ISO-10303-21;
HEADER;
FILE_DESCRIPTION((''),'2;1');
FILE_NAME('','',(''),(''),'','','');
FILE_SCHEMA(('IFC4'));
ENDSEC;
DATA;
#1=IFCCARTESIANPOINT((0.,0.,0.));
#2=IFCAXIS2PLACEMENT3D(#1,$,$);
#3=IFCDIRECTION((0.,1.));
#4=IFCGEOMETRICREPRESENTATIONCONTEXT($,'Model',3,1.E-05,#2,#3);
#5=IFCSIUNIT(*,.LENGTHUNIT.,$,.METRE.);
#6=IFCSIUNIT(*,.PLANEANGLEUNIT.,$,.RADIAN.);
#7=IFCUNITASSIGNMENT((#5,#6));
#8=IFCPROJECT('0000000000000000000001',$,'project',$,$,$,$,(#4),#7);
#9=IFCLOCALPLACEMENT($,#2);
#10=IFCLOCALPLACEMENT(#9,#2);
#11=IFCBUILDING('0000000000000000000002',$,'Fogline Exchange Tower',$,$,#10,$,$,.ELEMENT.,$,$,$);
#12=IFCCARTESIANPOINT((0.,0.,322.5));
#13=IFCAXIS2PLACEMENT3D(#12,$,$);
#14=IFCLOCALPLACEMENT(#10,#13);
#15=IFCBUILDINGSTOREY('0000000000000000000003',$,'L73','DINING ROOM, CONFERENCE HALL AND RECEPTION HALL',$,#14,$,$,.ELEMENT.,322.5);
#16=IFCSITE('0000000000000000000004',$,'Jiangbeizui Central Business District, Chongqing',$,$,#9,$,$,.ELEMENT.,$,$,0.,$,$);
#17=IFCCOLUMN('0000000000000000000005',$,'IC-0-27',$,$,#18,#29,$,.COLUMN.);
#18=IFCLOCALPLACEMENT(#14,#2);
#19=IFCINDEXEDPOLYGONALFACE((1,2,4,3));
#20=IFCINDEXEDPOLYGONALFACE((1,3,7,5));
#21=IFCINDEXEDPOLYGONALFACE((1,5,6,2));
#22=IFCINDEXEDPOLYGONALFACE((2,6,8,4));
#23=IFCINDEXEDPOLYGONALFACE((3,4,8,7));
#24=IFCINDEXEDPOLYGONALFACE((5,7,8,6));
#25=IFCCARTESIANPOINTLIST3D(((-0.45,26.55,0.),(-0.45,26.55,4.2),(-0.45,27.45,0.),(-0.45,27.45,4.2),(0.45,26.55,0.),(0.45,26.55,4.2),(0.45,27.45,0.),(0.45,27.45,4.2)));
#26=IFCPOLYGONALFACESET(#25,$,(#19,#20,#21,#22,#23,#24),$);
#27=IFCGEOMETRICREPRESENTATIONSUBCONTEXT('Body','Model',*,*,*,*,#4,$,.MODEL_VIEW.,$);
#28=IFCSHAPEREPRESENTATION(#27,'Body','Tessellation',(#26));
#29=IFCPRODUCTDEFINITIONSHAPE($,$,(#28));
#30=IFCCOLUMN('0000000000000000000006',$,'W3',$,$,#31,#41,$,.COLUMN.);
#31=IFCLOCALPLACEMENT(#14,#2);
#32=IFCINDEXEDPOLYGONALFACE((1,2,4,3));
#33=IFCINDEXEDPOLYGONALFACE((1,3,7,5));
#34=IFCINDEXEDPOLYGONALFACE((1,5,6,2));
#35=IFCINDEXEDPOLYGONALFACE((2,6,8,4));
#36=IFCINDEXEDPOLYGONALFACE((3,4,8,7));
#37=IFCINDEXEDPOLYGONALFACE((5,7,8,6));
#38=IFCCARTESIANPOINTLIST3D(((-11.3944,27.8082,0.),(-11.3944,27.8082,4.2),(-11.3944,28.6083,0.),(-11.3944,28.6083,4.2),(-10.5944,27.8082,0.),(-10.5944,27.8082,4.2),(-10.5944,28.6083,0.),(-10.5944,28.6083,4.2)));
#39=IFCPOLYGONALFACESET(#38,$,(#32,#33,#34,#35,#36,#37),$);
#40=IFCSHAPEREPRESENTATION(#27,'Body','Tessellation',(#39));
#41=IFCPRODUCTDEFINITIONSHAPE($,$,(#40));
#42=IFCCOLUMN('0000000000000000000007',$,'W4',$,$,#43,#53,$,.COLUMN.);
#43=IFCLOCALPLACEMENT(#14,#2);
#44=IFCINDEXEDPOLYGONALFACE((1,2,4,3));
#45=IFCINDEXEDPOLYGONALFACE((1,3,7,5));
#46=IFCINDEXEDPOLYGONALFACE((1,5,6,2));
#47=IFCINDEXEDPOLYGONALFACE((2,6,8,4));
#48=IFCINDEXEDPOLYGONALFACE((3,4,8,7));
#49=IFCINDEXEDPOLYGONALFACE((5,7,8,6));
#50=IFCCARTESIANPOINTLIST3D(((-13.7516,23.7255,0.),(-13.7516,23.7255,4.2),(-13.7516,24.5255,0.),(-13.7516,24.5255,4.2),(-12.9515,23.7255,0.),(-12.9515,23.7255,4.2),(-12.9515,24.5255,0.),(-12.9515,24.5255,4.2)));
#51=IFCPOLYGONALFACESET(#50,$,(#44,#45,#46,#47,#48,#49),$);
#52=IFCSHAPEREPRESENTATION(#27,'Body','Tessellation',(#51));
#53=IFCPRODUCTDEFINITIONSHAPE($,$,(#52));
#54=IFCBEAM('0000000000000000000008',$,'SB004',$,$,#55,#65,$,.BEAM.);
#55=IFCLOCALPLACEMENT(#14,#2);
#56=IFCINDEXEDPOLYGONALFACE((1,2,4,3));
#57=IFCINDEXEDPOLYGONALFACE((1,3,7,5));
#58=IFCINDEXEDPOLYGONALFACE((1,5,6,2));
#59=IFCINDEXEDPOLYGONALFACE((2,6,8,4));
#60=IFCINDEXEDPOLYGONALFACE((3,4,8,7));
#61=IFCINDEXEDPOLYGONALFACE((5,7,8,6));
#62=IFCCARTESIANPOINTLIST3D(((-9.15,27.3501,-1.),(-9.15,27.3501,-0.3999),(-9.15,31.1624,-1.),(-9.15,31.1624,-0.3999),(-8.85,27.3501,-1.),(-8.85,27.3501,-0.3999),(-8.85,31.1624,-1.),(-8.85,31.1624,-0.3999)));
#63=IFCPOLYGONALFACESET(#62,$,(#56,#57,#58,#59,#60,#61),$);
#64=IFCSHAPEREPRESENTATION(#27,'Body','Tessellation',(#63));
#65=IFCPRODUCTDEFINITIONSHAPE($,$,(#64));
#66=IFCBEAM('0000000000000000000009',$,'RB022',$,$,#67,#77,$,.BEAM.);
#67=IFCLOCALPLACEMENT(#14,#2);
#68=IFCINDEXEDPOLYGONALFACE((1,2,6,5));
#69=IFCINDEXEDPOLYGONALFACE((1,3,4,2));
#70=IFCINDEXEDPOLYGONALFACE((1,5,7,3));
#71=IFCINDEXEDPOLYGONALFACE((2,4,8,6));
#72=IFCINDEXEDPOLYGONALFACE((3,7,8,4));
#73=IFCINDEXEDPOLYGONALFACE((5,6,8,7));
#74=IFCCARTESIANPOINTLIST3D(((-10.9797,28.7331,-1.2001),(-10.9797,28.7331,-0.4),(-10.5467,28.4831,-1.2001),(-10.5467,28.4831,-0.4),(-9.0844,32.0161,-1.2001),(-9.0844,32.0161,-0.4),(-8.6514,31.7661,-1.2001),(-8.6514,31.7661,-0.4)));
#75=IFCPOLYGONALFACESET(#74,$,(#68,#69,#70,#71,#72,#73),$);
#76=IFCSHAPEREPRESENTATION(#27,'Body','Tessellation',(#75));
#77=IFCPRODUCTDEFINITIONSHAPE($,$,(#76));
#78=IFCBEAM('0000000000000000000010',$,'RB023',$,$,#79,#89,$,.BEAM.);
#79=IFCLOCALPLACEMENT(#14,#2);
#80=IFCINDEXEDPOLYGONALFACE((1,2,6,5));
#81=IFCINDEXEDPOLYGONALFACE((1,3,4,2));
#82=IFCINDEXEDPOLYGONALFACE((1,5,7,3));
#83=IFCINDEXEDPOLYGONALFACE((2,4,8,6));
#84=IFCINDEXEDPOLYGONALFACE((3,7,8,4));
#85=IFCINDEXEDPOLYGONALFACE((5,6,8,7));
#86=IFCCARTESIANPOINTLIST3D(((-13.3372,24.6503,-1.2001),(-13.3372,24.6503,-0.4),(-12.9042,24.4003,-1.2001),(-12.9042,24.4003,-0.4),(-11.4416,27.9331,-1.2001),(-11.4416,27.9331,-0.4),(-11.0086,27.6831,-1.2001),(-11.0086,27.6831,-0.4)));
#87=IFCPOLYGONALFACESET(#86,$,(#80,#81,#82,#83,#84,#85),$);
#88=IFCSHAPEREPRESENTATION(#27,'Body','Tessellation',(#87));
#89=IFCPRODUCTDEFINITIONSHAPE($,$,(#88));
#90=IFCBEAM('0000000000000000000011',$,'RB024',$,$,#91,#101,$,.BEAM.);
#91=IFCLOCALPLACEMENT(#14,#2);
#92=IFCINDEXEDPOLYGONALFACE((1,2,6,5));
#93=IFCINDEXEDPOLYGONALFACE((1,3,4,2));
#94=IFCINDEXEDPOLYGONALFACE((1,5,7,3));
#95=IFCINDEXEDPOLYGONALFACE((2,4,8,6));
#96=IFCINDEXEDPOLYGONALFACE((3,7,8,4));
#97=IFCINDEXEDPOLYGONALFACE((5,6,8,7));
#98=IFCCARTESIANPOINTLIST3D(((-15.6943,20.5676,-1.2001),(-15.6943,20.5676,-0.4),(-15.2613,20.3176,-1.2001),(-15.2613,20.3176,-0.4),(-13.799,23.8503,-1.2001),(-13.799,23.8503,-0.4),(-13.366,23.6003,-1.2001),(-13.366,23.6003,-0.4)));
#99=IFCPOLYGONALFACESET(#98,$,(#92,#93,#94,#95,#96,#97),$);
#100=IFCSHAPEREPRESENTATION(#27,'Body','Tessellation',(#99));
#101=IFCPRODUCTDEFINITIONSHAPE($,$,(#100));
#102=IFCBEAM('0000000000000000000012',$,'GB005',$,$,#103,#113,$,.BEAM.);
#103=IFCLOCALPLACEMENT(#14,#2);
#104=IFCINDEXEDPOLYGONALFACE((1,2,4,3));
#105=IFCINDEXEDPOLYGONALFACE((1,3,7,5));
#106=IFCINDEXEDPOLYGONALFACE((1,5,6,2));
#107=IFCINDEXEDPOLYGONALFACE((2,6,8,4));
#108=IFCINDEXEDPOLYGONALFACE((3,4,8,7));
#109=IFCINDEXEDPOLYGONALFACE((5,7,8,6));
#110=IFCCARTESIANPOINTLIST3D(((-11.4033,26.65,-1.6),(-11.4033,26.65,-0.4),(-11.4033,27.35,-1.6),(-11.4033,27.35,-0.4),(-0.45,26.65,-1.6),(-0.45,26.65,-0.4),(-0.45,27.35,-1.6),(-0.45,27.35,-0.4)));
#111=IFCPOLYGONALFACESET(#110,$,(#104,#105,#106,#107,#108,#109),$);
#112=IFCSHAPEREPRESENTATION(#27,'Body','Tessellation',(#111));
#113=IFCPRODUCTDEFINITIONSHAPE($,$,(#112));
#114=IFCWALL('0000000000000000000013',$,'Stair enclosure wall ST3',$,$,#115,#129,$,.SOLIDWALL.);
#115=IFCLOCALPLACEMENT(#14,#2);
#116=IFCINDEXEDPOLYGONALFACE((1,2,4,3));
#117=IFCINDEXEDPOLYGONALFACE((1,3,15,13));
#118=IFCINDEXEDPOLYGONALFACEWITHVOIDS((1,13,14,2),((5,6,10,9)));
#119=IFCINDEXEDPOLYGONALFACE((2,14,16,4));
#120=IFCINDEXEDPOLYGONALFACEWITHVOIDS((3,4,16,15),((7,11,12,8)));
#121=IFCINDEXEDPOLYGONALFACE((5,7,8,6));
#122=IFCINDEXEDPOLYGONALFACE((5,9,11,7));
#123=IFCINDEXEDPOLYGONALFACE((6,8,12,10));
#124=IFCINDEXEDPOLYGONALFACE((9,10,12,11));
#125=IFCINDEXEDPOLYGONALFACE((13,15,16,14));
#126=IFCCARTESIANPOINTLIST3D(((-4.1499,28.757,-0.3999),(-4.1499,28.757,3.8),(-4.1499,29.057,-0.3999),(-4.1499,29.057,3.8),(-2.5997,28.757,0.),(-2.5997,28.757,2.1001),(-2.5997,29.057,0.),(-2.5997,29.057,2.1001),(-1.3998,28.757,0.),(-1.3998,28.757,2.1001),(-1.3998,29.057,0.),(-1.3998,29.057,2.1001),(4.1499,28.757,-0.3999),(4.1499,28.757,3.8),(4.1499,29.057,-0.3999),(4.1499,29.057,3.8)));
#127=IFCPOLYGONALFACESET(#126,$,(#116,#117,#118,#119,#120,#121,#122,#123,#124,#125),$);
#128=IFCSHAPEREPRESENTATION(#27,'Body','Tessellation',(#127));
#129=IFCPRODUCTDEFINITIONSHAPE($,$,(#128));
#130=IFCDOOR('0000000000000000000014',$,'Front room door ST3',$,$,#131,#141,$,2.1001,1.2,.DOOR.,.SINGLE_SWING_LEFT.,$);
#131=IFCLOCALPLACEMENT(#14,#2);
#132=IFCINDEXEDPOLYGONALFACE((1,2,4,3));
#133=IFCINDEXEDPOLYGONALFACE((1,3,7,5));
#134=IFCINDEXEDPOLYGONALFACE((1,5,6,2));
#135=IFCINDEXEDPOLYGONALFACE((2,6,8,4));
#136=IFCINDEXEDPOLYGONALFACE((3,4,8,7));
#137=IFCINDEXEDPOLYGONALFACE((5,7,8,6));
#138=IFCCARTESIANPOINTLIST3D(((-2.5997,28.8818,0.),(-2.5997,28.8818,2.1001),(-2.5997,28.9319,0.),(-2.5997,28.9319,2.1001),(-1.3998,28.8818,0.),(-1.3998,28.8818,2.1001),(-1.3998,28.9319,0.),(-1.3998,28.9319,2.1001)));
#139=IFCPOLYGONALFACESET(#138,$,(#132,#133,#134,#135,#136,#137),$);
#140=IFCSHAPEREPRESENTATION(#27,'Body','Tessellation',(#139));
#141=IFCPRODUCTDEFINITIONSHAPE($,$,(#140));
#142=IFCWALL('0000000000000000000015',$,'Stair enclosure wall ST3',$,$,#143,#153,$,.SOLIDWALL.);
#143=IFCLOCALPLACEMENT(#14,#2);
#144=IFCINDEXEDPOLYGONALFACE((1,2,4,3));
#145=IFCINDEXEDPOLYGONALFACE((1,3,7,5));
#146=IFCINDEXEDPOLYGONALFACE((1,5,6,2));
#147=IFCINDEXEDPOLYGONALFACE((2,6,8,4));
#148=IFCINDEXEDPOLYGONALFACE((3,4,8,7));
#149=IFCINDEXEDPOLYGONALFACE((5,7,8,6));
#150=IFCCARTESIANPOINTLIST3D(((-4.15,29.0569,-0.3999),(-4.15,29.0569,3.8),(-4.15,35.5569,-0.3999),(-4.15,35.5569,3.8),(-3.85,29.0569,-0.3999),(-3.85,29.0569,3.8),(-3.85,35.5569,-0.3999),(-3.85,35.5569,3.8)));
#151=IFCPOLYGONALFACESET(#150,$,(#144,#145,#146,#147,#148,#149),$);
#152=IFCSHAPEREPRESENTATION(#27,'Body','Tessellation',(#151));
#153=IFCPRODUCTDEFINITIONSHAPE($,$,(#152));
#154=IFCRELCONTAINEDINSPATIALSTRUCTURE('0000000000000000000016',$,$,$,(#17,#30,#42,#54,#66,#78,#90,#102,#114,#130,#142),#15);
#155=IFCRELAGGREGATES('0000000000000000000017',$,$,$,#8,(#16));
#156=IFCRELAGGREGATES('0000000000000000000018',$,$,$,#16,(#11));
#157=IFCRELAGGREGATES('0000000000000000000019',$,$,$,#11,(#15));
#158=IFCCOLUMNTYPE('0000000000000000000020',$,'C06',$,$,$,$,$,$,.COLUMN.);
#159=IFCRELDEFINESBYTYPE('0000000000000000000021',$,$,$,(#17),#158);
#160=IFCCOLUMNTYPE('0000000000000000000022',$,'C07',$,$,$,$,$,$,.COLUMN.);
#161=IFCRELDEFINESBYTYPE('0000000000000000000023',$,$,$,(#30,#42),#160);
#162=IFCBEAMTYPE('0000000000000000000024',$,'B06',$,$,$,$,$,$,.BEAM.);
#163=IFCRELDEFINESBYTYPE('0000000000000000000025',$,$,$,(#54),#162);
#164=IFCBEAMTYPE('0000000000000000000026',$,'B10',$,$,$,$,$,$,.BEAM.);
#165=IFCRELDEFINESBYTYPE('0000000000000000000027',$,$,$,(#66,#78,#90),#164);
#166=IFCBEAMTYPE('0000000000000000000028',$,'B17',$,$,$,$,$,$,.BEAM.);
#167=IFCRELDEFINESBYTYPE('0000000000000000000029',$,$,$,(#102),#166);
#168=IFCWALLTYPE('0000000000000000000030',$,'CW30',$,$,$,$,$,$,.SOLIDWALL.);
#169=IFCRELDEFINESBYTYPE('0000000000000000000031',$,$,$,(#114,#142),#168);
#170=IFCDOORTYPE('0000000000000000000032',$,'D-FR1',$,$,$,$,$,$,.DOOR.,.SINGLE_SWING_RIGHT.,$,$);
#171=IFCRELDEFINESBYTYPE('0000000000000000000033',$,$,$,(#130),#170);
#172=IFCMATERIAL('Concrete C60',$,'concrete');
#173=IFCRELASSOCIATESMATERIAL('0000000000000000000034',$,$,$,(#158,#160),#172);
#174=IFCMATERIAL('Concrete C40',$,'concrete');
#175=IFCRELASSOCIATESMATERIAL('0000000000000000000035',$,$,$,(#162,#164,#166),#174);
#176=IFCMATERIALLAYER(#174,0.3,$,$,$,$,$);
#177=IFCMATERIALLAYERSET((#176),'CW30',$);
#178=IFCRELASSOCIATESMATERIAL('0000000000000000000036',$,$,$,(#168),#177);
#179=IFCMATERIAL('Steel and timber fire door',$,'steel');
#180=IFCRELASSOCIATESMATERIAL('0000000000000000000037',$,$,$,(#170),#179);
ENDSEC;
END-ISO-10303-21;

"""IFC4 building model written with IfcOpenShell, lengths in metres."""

from ifc_helpers import new_model, si_unit, direction, frame, frame_2d, origin, origin_2d, place, context, subcontext, project, spatial, rectangle, extrude, material, layer, layer_set, material_profile, profile_set, type_object, element, fill, save


model = new_model("IFC4")

# Units and contexts
model_context = context("Model", 3, precision=1e-05, world=origin(), true_north=direction((0.0, 1.0)))
body_context = subcontext(model_context, "Body", "Model", "MODEL_VIEW")
ifc_project = project(units=[si_unit("LENGTHUNIT", "METRE"), si_unit("PLANEANGLEUNIT", "RADIAN")], contexts=[model_context])

# Site, building, storey
site_placement = place(None, origin())
site = spatial("IfcSite", under=ifc_project, at=site_placement, Name="Jiangbeizui Central Business District, Chongqing", CompositionType="ELEMENT", RefElevation=0.0)
building_placement = place(site_placement, origin())
building = spatial("IfcBuilding", under=site, at=building_placement, Name="Fogline Exchange Tower", CompositionType="ELEMENT")
storey_placement = place(building_placement, frame((0.0, 0.0, 322.5)))
storey = spatial("IfcBuildingStorey", under=building, at=storey_placement, Name="L73", Description="DINING ROOM, CONFERENCE HALL AND RECEPTION HALL", CompositionType="ELEMENT", Elevation=322.5)

# Columns
ifc_material_1 = material(Name="Concrete C60", Category="concrete")
ifc_material_profile_1 = material_profile(ifc_material_1, rectangle(XDim=0.8999, YDim=0.8999, at=origin_2d()), Name="RC 900x900")
ifc_profile_set_1 = profile_set([ifc_material_profile_1], Name="Concrete C60")
column_type_1 = type_object("IfcColumnType", Name="C06", PredefinedType="COLUMN", material=ifc_profile_set_1)
column_placement = place(storey_placement, frame((0.0, 27.0, 0.0), z_axis=(0.0, 0.0, 1.0), x_axis=(1.0, 0.0, 0.0)))
element("IfcColumn", 1, at=column_placement, inside=storey, type_object=column_type_1, Name="IC-0-27", PredefinedType="COLUMN", context=body_context, shape_type="SweptSolid", body=[
    extrude(rectangle(XDim=0.8999, YDim=0.8999, at=origin_2d()), origin(), (0.0, 0.0, 1.0), 4.2),
])
ifc_material_profile_2 = material_profile(ifc_material_1, rectangle(XDim=0.8, YDim=0.8, at=origin_2d()), Name="RC 800x800")
ifc_profile_set_2 = profile_set([ifc_material_profile_2], Name="Concrete C60")
column_type_2 = type_object("IfcColumnType", Name="C07", PredefinedType="COLUMN", material=ifc_profile_set_2)
for number, where, z_axis, x_axis, name in (
    (2, (-10.9944, 28.2083, 0.0), (0.0, 0.0, 1.0), (1.0, 0.0, 0.0), "W3"),
    (3, (-13.3516, 24.1255, 0.0), (0.0, 0.0, 1.0), (1.0, 0.0, 0.0), "W4"),
):
    element("IfcColumn", number, at=place(storey_placement, frame(where, z_axis=z_axis, x_axis=x_axis)), inside=storey, type_object=column_type_2, Name=name, PredefinedType="COLUMN", context=body_context, shape_type="SweptSolid", body=[
        extrude(rectangle(XDim=0.8, YDim=0.8, at=origin_2d()), origin(), (0.0, 0.0, 1.0), 4.2),
    ])

# Beams
ifc_material_2 = material(Name="Concrete C40", Category="concrete")
ifc_material_profile_3 = material_profile(ifc_material_2, rectangle(XDim=0.3, YDim=0.6001, at=origin_2d()), Name="RC 300x600")
ifc_profile_set_3 = profile_set([ifc_material_profile_3], Name="Concrete C40")
beam_type_1 = type_object("IfcBeamType", Name="B06", PredefinedType="BEAM", material=ifc_profile_set_3)
beam_1_placement = place(storey_placement, frame((-9.0, 27.3501, -0.7), z_axis=(0.0, 1.0, 0.0), x_axis=(-1.0, 0.0, 0.0)))
element("IfcBeam", 4, at=beam_1_placement, inside=storey, type_object=beam_type_1, Name="SB004", PredefinedType="BEAM", context=body_context, shape_type="SweptSolid", body=[
    extrude(rectangle(XDim=0.3, YDim=0.6001, at=origin_2d()), origin(), (0.0, 0.0, 1.0), 3.8123),
])
ifc_material_profile_4 = material_profile(ifc_material_2, rectangle(XDim=0.5, YDim=0.8, at=origin_2d()), Name="RC 500x800")
ifc_profile_set_4 = profile_set([ifc_material_profile_4], Name="Concrete C40")
beam_type_2 = type_object("IfcBeamType", Name="B10", PredefinedType="BEAM", material=ifc_profile_set_4)
for number, where, z_axis, x_axis, name in (
    (5, (-8.8679, 31.8911, -0.8), (-0.49997, -0.866043, 0.0), (0.866043, -0.49997, 0.0), "RB022"),
    (6, (-11.2251, 27.8081, -0.8), (-0.500046, -0.865999, 0.0), (0.865999, -0.500046, 0.0), "RB023"),
):
    element("IfcBeam", number, at=place(storey_placement, frame(where, z_axis=z_axis, x_axis=x_axis)), inside=storey, type_object=beam_type_2, Name=name, PredefinedType="BEAM", context=body_context, shape_type="SweptSolid", body=[
        extrude(rectangle(XDim=0.5, YDim=0.8, at=origin_2d()), origin(), (0.0, 0.0, 1.0), 3.7908),
    ])
beam_2_placement = place(storey_placement, frame((-13.5825, 23.7253, -0.8), z_axis=(-0.499998, -0.866027, 0.0), x_axis=(0.866027, -0.499998, 0.0)))
element("IfcBeam", 7, at=beam_2_placement, inside=storey, type_object=beam_type_2, Name="RB024", PredefinedType="BEAM", context=body_context, shape_type="SweptSolid", body=[
    extrude(rectangle(XDim=0.5, YDim=0.8, at=origin_2d()), origin(), (0.0, 0.0, 1.0), 3.7905),
])
ifc_material_profile_5 = material_profile(ifc_material_2, rectangle(XDim=0.7, YDim=1.2, at=origin_2d()), Name="RC 700x1200")
ifc_profile_set_5 = profile_set([ifc_material_profile_5], Name="Concrete C40")
beam_type_3 = type_object("IfcBeamType", Name="B17", PredefinedType="BEAM", material=ifc_profile_set_5)
beam_3_placement = place(storey_placement, frame((-11.4033, 27.0, -1.0), z_axis=(1.0, 0.0, 0.0), x_axis=(0.0, 1.0, 0.0)))
element("IfcBeam", 8, at=beam_3_placement, inside=storey, type_object=beam_type_3, Name="GB005", PredefinedType="BEAM", context=body_context, shape_type="SweptSolid", body=[
    extrude(rectangle(XDim=0.7, YDim=1.2, at=origin_2d()), origin(), (0.0, 0.0, 1.0), 10.9534),
])

# Wall, opening, door
ifc_layer_1 = layer(ifc_material_2, 0.3)
ifc_layer_set_1 = layer_set([ifc_layer_1], Name="CW30")
wall_type_1 = type_object("IfcWallType", Name="CW30", PredefinedType="SOLIDWALL", material=ifc_layer_set_1)
wall_1_placement = place(storey_placement, frame((-4.1499, 28.907, -0.3999), z_axis=(0.0, 0.0, 1.0), x_axis=(1.0, 0.0, 0.0)))
wall_1 = element("IfcWall", 9, at=wall_1_placement, inside=storey, type_object=wall_type_1, Name="Stair enclosure wall ST3", PredefinedType="SOLIDWALL", context=body_context, shape_type="SweptSolid", body=[
    extrude(rectangle(XDim=8.2998, YDim=0.3, at=frame_2d((4.1499, 0.0))), origin(), (0.0, 0.0, 1.0), 4.2),
])
opening_1_placement = place(wall_1_placement, frame((1.55, 0.0, 0.3999)))
opening_1 = element("IfcOpeningElement", 10, at=opening_1_placement, cuts=wall_1, PredefinedType="OPENING", context=body_context, shape_type="SweptSolid", body=[
    extrude(rectangle(XDim=1.2, YDim=2.1001, at=frame_2d((0.6001, 1.05))), frame((0.0, 0.1602, 0.0), z_axis=(0.0, -1.0, 0.0), x_axis=(1.0, 0.0, 0.0)), (0.0, 0.0, 1.0), 0.3201),
])
ifc_material_3 = material(Name="Steel and timber fire door", Category="steel")
door_type_1 = type_object("IfcDoorType", Name="D-FR1", OperationType="SINGLE_SWING_RIGHT", PredefinedType="DOOR", material=ifc_material_3)
door_1_placement = place(opening_1_placement, origin())
door_1 = element("IfcDoor", 11, at=door_1_placement, inside=storey, type_object=door_type_1, Name="Front room door ST3", OperationType="SINGLE_SWING_LEFT", OverallHeight=2.1001, OverallWidth=1.2, PredefinedType="DOOR", context=body_context, shape_type="SweptSolid", body=[
    extrude(rectangle(XDim=1.2, YDim=2.1001, at=frame_2d((0.6001, 1.05))), frame((0.0, 0.0249, 0.0), z_axis=(0.0, -1.0, 0.0), x_axis=(1.0, 0.0, 0.0)), (0.0, 0.0, 1.0), 0.05),
])
fill(opening_1, door_1)

# Wall
wall_2_placement = place(storey_placement, frame((-4.0, 29.0569, -0.3999), z_axis=(0.0, 0.0, 1.0), x_axis=(0.0, 1.0, 0.0)))
element("IfcWall", 12, at=wall_2_placement, inside=storey, type_object=wall_type_1, Name="Stair enclosure wall ST3", PredefinedType="SOLIDWALL", context=body_context, shape_type="SweptSolid", body=[
    extrude(rectangle(XDim=6.5, YDim=0.3, at=frame_2d((3.25, 0.0))), origin(), (0.0, 0.0, 1.0), 4.2),
])

save(model, "model.ifc")
